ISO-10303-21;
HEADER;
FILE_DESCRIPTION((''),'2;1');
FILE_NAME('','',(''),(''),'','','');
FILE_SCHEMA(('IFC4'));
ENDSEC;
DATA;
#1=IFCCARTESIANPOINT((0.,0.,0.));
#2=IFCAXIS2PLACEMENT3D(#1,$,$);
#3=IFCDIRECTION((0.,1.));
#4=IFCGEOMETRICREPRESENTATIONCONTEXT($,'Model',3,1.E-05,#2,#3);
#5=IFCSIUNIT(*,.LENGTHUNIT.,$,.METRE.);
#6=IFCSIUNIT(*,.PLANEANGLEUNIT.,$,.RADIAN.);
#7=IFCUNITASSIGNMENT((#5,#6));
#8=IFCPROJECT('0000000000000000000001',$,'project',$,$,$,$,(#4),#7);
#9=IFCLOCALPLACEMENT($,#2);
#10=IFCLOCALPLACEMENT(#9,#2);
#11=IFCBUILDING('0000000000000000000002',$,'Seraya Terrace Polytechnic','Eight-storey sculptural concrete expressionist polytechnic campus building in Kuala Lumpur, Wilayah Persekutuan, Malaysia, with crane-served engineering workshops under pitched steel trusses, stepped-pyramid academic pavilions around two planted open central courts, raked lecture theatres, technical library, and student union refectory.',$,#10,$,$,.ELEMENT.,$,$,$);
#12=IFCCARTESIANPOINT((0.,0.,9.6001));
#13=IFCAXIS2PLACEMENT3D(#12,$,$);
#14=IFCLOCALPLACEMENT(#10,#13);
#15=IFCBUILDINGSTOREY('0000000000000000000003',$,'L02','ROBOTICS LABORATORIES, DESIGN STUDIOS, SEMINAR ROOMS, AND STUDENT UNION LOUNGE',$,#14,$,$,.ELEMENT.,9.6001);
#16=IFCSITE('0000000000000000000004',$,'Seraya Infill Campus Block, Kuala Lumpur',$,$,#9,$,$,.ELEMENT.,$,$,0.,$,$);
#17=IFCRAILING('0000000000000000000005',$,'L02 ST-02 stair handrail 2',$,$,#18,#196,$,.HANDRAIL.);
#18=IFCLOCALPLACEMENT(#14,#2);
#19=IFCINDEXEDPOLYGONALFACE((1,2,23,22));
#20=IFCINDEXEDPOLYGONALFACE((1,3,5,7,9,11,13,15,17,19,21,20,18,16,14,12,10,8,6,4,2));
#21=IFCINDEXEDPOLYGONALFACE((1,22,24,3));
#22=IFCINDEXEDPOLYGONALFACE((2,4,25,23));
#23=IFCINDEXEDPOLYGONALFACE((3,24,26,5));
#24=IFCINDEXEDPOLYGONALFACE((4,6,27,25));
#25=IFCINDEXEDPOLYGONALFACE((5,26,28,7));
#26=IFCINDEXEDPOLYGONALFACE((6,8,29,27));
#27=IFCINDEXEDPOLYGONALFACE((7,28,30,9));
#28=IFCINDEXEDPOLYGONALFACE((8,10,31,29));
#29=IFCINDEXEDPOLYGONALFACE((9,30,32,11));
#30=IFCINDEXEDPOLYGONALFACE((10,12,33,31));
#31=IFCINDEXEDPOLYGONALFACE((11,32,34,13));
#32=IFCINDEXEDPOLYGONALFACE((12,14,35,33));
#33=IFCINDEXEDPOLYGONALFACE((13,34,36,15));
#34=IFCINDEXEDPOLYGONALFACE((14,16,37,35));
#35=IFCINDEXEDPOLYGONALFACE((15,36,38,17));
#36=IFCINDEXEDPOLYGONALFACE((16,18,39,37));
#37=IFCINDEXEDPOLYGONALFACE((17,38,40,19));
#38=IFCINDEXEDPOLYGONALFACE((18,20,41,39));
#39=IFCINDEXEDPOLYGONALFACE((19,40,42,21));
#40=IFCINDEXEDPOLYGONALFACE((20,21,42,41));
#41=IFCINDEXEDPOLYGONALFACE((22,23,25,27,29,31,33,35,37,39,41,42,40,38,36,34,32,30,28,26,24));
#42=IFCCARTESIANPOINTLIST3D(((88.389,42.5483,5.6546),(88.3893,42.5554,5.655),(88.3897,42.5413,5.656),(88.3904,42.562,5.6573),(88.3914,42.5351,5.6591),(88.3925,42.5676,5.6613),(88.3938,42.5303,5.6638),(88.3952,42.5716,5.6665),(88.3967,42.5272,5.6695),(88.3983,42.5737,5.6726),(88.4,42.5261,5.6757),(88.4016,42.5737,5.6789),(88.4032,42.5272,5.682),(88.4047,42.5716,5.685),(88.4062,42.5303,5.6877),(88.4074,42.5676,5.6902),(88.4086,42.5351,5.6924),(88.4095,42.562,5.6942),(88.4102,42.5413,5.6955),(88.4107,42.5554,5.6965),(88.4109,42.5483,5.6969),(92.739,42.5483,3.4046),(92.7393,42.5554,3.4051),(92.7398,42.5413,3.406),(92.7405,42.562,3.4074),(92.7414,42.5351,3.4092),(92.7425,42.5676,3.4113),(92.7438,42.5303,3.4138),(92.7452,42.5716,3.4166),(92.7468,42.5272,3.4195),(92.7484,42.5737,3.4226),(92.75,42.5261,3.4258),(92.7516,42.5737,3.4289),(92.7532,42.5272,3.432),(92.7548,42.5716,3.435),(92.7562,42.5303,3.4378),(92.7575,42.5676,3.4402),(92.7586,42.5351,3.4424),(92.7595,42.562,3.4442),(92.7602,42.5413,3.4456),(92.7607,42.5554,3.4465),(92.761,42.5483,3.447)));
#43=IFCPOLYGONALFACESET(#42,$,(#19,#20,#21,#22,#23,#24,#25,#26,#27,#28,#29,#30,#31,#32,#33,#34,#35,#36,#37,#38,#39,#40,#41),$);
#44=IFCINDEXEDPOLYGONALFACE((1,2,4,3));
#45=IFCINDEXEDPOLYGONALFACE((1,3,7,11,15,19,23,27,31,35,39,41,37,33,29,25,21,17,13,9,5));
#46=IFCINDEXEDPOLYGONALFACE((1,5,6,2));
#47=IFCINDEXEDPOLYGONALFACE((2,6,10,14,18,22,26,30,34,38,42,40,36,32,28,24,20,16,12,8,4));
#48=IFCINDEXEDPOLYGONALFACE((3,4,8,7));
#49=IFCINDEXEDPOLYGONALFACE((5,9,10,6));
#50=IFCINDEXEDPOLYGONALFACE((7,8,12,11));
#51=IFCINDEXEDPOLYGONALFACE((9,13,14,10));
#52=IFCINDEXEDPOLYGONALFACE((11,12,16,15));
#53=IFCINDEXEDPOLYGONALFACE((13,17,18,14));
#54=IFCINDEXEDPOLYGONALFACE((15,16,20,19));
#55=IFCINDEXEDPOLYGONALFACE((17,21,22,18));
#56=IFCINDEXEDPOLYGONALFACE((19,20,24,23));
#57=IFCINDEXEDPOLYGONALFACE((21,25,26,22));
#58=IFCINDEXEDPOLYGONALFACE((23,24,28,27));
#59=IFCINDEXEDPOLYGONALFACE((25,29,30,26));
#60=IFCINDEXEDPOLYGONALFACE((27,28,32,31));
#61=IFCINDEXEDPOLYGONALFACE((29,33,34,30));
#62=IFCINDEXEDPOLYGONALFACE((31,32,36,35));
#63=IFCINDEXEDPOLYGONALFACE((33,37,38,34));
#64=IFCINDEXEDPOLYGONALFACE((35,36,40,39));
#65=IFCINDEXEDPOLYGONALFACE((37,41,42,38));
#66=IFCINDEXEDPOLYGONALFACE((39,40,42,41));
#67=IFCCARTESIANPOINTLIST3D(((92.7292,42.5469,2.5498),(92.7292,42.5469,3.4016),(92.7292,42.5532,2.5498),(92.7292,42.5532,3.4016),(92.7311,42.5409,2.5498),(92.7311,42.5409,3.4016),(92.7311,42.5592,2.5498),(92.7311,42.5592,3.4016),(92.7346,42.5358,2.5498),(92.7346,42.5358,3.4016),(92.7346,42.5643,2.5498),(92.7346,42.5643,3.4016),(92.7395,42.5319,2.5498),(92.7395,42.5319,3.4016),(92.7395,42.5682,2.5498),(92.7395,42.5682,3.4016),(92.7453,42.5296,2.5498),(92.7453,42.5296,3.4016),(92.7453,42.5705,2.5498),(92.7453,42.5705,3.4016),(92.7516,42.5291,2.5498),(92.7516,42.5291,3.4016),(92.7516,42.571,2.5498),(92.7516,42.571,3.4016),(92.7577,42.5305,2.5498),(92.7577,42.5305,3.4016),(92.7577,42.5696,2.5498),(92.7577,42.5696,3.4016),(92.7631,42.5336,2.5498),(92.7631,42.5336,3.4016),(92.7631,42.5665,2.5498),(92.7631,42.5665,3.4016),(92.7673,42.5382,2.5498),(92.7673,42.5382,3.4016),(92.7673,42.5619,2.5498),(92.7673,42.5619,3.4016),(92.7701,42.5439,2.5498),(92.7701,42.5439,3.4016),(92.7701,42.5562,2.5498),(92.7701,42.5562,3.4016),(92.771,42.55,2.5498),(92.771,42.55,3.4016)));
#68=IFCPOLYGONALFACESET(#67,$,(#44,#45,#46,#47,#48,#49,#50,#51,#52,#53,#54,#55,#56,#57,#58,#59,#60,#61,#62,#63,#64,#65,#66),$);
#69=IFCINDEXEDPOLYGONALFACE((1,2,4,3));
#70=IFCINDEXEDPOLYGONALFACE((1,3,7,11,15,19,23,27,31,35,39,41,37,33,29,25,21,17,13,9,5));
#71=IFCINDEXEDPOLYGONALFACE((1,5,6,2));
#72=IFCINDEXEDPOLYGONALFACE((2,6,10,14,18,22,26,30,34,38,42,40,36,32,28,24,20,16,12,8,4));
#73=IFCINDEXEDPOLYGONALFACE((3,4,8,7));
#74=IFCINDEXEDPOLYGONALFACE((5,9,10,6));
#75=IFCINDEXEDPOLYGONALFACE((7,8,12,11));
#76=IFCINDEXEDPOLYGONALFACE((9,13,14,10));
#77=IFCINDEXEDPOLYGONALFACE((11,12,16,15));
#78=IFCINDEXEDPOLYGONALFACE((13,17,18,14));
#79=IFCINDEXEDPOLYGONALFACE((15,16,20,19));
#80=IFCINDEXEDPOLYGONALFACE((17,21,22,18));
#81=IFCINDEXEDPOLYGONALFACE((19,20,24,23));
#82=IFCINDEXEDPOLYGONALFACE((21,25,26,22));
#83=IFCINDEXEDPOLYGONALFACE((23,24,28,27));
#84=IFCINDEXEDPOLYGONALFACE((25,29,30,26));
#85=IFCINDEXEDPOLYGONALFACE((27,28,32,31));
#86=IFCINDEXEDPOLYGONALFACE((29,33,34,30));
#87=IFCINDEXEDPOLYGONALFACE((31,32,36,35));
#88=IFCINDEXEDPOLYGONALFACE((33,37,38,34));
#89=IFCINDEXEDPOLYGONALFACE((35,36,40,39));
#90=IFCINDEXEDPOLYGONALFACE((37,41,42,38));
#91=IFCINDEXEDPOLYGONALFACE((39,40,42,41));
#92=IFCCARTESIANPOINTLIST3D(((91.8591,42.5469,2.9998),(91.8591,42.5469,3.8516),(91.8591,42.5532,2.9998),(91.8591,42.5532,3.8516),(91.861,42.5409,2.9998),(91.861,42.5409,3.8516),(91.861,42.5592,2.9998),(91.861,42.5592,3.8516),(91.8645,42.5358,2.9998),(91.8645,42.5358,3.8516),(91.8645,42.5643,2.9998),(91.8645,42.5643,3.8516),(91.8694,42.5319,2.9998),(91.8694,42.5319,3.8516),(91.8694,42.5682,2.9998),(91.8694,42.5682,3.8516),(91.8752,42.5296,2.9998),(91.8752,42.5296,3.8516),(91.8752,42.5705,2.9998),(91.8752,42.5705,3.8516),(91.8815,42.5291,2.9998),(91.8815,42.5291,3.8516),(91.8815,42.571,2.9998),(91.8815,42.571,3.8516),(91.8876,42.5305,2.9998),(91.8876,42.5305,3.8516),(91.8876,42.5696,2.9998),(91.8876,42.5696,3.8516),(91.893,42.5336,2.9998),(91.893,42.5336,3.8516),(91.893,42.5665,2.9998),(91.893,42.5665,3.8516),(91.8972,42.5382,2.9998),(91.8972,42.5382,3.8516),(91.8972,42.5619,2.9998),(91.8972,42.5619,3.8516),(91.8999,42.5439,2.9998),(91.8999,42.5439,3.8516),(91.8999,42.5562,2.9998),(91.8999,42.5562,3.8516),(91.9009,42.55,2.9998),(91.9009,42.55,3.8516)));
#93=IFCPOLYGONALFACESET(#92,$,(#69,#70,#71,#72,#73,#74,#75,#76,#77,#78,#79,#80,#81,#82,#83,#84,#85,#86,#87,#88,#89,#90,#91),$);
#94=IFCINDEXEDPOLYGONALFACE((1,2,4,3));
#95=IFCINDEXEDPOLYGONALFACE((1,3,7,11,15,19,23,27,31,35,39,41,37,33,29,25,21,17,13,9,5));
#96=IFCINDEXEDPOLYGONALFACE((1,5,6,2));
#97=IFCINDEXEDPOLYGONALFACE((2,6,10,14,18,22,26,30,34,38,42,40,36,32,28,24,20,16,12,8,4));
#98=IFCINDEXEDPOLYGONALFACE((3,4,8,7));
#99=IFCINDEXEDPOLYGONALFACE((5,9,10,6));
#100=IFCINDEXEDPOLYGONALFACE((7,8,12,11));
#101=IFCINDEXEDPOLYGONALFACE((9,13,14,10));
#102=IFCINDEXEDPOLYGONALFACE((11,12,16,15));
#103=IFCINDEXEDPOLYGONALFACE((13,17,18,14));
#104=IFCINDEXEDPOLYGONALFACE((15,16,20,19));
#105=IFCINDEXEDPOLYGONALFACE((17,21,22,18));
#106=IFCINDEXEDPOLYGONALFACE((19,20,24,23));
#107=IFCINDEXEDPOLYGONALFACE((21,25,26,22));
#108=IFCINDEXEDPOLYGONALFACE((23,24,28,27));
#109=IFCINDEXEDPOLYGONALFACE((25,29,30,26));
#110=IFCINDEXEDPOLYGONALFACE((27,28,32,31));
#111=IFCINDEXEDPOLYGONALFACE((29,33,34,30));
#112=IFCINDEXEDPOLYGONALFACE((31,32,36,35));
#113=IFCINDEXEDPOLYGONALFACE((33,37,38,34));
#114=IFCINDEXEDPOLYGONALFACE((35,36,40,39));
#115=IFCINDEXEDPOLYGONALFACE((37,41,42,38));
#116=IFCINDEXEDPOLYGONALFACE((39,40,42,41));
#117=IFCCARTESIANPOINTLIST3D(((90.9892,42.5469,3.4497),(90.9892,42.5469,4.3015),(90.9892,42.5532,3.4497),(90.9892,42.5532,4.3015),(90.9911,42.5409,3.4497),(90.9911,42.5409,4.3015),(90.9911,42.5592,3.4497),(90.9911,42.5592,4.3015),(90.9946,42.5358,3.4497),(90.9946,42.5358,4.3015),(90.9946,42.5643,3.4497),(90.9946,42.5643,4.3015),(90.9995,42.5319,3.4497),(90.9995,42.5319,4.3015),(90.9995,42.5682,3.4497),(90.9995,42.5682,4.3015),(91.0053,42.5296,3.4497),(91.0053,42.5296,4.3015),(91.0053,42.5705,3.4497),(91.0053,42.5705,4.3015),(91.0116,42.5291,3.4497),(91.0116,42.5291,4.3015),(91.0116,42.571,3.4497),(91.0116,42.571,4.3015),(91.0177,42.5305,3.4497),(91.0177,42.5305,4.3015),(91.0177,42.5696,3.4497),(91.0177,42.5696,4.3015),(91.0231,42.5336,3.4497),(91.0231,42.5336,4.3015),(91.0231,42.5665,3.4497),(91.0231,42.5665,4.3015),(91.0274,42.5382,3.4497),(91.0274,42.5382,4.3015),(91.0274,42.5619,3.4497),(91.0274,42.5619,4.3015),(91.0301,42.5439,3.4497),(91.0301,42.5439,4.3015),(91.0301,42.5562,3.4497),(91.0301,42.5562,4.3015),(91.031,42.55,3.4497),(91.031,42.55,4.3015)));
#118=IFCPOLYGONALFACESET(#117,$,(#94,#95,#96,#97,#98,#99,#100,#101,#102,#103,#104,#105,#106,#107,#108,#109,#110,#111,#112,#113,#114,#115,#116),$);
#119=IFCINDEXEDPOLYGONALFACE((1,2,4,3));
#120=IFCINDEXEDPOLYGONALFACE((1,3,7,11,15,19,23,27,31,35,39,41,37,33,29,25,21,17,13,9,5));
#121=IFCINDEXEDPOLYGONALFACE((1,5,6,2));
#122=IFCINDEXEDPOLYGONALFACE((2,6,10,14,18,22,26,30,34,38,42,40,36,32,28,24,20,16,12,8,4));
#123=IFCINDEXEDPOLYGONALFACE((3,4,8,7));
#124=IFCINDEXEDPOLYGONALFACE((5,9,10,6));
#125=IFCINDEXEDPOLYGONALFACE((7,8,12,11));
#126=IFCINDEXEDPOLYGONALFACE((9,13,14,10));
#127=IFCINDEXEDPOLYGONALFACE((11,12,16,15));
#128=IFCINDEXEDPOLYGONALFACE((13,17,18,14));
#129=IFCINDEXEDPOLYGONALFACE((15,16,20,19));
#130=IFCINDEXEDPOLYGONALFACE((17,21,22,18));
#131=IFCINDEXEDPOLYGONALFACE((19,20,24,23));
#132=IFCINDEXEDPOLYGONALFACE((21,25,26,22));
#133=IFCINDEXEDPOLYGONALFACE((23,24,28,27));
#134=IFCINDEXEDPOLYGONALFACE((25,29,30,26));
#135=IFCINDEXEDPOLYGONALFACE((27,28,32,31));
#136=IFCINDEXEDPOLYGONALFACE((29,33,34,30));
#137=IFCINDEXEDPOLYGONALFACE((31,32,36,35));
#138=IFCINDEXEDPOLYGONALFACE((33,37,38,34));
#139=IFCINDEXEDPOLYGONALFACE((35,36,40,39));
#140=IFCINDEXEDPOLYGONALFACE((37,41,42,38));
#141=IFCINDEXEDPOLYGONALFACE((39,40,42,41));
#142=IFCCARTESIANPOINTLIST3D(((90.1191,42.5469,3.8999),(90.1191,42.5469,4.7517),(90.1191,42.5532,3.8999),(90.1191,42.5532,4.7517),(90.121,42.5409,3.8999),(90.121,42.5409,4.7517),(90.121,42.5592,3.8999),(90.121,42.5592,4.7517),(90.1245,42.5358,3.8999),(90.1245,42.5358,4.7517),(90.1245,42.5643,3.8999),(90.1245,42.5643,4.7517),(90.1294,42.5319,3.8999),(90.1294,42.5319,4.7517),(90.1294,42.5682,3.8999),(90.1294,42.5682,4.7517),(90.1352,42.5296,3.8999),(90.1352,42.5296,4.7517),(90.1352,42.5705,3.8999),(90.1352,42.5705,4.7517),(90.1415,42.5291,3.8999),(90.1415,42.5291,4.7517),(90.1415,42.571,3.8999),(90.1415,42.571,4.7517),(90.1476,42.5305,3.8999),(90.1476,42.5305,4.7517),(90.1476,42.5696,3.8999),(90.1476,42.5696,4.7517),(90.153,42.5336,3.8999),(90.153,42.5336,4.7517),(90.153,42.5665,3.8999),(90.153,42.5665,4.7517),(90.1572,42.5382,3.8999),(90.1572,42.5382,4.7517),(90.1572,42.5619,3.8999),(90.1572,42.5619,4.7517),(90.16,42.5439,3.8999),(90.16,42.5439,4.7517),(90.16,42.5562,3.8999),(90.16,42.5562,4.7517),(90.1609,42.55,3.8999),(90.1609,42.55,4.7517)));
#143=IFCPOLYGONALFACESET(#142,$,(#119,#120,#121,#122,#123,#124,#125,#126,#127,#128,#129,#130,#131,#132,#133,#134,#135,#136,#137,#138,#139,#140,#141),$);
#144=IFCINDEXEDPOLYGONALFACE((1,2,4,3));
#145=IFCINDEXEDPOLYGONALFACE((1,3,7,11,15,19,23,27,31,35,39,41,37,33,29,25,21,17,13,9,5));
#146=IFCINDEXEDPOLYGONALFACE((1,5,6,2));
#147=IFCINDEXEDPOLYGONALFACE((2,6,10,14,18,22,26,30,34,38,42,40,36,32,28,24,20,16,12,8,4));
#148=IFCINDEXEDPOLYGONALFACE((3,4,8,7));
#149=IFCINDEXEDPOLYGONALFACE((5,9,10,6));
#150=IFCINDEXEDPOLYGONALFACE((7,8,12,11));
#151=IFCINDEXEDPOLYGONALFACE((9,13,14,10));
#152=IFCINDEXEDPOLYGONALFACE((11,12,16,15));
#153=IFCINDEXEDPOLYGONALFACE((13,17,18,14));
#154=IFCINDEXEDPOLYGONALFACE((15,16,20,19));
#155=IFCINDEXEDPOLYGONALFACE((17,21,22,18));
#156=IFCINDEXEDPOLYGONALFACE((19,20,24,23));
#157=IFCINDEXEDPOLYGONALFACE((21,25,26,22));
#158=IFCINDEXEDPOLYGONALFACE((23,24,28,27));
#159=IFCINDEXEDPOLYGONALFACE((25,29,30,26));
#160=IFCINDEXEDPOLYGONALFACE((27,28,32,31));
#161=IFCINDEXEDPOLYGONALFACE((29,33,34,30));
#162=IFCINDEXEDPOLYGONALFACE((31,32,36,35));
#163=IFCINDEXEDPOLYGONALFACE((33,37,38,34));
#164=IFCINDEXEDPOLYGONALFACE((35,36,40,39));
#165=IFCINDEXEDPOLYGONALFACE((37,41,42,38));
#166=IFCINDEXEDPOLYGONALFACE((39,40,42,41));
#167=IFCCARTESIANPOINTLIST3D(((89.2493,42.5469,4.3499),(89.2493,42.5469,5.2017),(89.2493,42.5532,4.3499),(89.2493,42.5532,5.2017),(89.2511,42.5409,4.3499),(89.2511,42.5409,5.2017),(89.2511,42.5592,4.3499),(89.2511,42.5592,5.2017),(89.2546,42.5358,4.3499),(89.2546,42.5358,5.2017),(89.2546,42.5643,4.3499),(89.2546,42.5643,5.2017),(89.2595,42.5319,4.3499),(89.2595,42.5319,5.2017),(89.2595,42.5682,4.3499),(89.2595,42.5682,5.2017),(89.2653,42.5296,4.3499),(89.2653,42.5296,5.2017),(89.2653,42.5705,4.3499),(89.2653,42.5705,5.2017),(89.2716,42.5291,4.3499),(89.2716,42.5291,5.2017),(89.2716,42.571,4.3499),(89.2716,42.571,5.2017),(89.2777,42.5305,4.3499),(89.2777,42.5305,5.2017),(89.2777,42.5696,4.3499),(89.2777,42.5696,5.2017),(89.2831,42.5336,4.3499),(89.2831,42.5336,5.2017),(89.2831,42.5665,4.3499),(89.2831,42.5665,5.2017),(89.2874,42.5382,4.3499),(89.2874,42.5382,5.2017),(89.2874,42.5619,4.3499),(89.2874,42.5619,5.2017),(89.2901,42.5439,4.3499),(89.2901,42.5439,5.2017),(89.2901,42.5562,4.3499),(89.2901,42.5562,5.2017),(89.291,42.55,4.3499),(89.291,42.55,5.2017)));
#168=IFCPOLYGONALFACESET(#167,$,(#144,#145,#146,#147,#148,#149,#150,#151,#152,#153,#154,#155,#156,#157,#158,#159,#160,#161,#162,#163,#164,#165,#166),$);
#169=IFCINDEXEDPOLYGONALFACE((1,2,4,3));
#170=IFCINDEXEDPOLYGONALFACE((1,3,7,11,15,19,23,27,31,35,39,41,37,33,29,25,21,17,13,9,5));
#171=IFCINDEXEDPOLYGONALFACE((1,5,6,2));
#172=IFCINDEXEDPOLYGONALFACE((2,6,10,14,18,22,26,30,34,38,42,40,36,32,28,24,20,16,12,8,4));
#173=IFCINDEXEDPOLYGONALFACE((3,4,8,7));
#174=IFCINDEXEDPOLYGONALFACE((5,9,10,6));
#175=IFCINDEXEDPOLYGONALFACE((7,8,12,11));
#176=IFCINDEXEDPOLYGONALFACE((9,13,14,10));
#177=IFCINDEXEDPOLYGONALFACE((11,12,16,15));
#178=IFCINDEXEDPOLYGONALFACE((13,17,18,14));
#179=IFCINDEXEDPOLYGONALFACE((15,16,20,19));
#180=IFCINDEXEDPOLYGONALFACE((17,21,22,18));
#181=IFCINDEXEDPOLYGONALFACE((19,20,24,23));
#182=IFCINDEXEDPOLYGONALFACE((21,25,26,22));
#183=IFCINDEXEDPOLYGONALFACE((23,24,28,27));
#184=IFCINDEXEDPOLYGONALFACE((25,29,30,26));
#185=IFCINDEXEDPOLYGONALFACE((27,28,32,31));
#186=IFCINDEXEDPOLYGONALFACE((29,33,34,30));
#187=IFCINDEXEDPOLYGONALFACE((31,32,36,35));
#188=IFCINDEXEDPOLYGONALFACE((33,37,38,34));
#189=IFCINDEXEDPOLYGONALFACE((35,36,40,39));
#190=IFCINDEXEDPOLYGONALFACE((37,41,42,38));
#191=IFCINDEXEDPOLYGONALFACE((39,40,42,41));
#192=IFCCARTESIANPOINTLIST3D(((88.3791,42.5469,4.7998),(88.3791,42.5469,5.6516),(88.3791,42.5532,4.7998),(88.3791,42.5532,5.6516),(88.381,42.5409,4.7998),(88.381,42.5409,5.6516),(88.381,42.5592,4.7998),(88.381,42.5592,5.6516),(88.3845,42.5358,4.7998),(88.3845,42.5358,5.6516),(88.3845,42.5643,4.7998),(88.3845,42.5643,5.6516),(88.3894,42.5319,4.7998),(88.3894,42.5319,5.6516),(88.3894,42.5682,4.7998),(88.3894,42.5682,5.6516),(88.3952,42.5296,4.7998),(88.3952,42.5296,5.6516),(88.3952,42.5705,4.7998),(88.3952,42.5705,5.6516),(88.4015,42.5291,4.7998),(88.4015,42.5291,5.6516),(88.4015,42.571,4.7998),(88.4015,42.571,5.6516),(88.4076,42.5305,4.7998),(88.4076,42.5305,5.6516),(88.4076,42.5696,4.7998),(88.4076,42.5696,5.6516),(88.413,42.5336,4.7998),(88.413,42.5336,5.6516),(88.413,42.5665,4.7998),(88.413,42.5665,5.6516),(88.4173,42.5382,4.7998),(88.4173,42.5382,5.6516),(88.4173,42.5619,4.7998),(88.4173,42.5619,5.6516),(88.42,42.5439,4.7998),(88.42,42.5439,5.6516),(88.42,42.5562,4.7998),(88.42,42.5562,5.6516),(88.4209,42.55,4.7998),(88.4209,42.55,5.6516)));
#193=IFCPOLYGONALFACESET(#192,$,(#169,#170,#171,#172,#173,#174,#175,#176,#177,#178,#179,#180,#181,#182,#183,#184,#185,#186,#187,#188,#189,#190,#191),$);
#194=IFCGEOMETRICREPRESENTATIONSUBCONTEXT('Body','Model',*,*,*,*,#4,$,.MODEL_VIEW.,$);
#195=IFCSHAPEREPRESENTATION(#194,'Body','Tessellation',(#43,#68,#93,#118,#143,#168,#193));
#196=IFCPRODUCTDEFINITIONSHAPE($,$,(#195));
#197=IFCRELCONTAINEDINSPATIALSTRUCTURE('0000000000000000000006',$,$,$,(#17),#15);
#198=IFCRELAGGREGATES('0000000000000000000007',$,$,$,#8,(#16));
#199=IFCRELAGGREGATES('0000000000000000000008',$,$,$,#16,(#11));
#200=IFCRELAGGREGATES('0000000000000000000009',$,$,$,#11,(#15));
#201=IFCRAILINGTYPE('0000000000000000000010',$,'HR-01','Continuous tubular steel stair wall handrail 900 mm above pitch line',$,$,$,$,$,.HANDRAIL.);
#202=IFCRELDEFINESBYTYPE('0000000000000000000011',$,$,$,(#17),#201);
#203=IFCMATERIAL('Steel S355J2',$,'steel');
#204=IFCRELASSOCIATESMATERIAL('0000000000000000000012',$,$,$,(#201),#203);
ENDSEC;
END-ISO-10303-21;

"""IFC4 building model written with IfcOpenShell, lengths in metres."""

from ifc_helpers import new_model, si_unit, direction, frame, origin, origin_2d, place, context, subcontext, project, spatial, circle, extrude, material, type_object, element, save


model = new_model("IFC4")

# Units and contexts
model_context = context("Model", 3, precision=1e-05, world=origin(), true_north=direction((0.0, 1.0)))
body_context = subcontext(model_context, "Body", "Model", "MODEL_VIEW")
ifc_project = project(units=[si_unit("LENGTHUNIT", "METRE"), si_unit("PLANEANGLEUNIT", "RADIAN")], contexts=[model_context])

# Site, building, storey
site_placement = place(None, origin())
site = spatial("IfcSite", under=ifc_project, at=site_placement, Name="Seraya Infill Campus Block, Kuala Lumpur", CompositionType="ELEMENT", RefElevation=0.0)
building_placement = place(site_placement, origin())
building = spatial("IfcBuilding", under=site, at=building_placement, Name="Seraya Terrace Polytechnic", Description="Eight-storey sculptural concrete expressionist polytechnic campus building in Kuala Lumpur, Wilayah Persekutuan, Malaysia, with crane-served engineering workshops under pitched steel trusses, stepped-pyramid academic pavilions around two planted open central courts, raked lecture theatres, technical library, and student union refectory.", CompositionType="ELEMENT")
storey_placement = place(building_placement, frame((0.0, 0.0, 9.6001)))
storey = spatial("IfcBuildingStorey", under=building, at=storey_placement, Name="L02", Description="ROBOTICS LABORATORIES, DESIGN STUDIOS, SEMINAR ROOMS, AND STUDENT UNION LOUNGE", CompositionType="ELEMENT", Elevation=9.6001)

# Railing
ifc_material_1 = material(Name="Steel S355J2", Category="steel")
railing_type_1 = type_object("IfcRailingType", Name="HR-01", Description="Continuous tubular steel stair wall handrail 900 mm above pitch line", PredefinedType="HANDRAIL", material=ifc_material_1)
railing_1_placement = place(storey_placement, frame((92.75, 42.55, 2.5498)))
element("IfcRailing", 1, at=railing_1_placement, inside=storey, type_object=railing_type_1, Name="L02 ST-02 stair handrail 2", PredefinedType="HANDRAIL", context=body_context, shape_type="SweptSolid", body=[
    extrude(circle(Radius=0.0239, at=origin_2d()), frame((0.0, 0.0, 0.876), z_axis=(-0.888222, 0.0, 0.459415), x_axis=(0.0, -1.0, 0.0)), (0.0, 0.0, 1.0), 4.8975),
    extrude(circle(Radius=0.021, at=origin_2d()), origin(), (0.0, 0.0, 1.0), 0.8518),
    extrude(circle(Radius=0.021, at=origin_2d()), frame((-0.8701, 0.0, 0.45)), (0.0, 0.0, 1.0), 0.8518),
    extrude(circle(Radius=0.021, at=origin_2d()), frame((-1.74, 0.0, 0.8999)), (0.0, 0.0, 1.0), 0.8518),
    extrude(circle(Radius=0.021, at=origin_2d()), frame((-2.6101, 0.0, 1.3501)), (0.0, 0.0, 1.0), 0.8518),
    extrude(circle(Radius=0.021, at=origin_2d()), frame((-3.48, 0.0, 1.8)), (0.0, 0.0, 1.0), 0.8518),
    extrude(circle(Radius=0.021, at=origin_2d()), frame((-4.3501, 0.0, 2.25)), (0.0, 0.0, 1.0), 0.8518),
])

save(model, "model.ifc")
